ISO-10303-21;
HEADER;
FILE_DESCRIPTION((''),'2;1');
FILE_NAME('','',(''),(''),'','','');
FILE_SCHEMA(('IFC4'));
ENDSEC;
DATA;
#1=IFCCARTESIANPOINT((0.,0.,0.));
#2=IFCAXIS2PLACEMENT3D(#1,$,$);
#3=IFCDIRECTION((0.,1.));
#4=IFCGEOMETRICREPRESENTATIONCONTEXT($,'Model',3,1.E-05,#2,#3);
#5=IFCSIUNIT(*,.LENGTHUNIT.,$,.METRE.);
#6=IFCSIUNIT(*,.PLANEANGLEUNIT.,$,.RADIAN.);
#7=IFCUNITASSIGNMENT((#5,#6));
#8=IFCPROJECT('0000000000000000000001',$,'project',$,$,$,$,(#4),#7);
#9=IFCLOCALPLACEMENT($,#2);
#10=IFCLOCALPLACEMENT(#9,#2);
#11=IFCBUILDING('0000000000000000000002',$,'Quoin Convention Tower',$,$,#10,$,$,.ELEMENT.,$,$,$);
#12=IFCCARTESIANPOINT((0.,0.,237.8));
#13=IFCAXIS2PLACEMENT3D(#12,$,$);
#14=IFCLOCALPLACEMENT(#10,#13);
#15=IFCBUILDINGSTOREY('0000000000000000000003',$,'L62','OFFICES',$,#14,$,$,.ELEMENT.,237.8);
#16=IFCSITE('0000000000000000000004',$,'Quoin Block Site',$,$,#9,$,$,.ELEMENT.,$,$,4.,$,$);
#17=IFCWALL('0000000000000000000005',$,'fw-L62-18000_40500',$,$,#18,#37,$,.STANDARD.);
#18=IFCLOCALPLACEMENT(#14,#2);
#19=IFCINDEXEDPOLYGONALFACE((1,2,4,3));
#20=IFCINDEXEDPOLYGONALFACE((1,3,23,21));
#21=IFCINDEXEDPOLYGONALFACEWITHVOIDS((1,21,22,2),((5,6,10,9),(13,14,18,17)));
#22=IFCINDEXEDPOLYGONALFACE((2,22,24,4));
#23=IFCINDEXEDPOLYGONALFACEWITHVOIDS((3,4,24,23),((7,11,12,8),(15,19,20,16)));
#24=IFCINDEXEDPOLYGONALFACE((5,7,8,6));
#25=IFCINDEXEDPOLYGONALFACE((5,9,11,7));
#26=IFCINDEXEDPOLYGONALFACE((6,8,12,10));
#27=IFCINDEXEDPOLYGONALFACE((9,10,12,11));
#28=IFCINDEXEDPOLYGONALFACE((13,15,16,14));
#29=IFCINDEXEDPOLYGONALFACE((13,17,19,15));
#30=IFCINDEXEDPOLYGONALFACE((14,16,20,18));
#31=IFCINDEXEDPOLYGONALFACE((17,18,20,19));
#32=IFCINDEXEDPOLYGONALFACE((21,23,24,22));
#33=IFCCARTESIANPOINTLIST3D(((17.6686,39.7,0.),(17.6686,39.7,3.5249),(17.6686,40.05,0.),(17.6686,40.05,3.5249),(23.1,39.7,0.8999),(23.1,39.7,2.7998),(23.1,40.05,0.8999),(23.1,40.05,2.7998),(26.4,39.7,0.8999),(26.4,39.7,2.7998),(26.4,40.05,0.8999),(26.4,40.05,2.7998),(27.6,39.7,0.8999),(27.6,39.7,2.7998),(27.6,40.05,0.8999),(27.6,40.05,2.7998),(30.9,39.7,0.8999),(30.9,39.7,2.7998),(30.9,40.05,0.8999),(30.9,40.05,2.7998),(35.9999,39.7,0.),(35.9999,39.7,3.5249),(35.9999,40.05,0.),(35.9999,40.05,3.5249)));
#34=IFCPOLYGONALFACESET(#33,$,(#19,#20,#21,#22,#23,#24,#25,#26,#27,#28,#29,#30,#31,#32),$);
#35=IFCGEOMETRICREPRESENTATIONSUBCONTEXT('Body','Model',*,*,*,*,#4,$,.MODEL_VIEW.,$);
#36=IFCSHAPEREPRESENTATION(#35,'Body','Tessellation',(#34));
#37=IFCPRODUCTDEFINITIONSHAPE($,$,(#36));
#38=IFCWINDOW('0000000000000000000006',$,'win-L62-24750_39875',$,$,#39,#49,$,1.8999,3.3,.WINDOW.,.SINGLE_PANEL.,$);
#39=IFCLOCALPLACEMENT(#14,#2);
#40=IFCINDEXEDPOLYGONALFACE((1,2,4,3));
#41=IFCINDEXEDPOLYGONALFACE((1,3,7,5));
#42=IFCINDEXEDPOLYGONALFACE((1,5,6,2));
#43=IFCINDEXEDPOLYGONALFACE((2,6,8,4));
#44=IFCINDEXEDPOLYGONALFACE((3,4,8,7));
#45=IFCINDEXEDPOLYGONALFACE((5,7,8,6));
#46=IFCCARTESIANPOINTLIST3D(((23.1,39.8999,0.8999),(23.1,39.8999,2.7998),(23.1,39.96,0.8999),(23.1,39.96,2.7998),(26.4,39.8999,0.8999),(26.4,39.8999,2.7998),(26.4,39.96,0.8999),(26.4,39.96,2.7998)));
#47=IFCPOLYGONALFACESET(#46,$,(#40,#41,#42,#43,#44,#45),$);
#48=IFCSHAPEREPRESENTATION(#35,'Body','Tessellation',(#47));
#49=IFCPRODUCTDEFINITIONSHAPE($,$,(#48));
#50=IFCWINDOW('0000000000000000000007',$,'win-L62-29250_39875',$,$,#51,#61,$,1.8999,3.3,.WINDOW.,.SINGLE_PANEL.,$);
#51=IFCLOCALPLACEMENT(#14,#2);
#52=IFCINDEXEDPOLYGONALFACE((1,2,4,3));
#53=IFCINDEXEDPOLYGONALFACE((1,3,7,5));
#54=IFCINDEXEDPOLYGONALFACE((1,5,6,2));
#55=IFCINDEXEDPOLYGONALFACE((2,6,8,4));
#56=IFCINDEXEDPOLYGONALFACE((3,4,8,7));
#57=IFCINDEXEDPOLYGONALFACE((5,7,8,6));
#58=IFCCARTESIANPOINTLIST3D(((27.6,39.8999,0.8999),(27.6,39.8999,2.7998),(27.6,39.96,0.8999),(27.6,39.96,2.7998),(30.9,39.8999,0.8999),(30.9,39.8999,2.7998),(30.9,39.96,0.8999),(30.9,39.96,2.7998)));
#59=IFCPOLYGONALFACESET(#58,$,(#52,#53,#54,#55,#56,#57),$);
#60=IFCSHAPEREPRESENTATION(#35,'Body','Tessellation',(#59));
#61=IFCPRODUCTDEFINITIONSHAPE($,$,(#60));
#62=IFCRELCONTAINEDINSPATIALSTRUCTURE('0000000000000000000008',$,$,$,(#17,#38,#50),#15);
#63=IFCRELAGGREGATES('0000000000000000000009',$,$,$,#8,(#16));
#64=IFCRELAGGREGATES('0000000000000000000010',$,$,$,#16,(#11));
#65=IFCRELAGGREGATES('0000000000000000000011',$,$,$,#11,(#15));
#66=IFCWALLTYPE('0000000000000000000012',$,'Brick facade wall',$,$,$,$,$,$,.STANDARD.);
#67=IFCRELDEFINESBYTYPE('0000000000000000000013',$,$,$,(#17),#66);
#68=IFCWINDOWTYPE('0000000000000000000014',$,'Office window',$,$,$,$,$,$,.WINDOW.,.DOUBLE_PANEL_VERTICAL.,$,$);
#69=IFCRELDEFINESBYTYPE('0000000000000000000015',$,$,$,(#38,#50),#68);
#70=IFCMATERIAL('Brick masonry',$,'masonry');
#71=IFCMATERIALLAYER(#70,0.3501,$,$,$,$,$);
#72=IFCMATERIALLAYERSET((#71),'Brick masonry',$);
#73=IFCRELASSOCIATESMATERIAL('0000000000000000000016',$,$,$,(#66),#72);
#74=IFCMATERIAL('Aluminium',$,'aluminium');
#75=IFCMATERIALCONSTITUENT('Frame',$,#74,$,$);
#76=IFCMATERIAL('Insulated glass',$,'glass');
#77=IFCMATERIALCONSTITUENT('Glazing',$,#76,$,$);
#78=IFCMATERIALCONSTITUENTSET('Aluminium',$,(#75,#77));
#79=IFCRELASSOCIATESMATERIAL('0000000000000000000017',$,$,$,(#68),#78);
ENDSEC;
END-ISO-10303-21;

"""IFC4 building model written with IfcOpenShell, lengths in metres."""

from ifc_helpers import new_model, si_unit, direction, frame, frame_2d, origin, place, context, subcontext, project, spatial, rectangle, extrude, material, layer, layer_set, constituent, constituent_set, type_object, element, fill, save


model = new_model("IFC4")

# Units and contexts
model_context = context("Model", 3, precision=1e-05, world=origin(), true_north=direction((0.0, 1.0)))
body_context = subcontext(model_context, "Body", "Model", "MODEL_VIEW")
ifc_project = project(units=[si_unit("LENGTHUNIT", "METRE"), si_unit("PLANEANGLEUNIT", "RADIAN")], contexts=[model_context])

# Site, building, storey
site_placement = place(None, origin())
site = spatial("IfcSite", under=ifc_project, at=site_placement, Name="Quoin Block Site", CompositionType="ELEMENT", RefElevation=4.0)
building_placement = place(site_placement, origin())
building = spatial("IfcBuilding", under=site, at=building_placement, Name="Quoin Convention Tower", CompositionType="ELEMENT")
storey_placement = place(building_placement, frame((0.0, 0.0, 237.8)))
storey = spatial("IfcBuildingStorey", under=building, at=storey_placement, Name="L62", Description="OFFICES", CompositionType="ELEMENT", Elevation=237.8)

# Wall, openings, windows
ifc_material_1 = material(Name="Brick masonry", Category="masonry")
ifc_layer_1 = layer(ifc_material_1, 0.3501)
ifc_layer_set_1 = layer_set([ifc_layer_1], Name="Brick masonry")
wall_type = type_object("IfcWallType", Name="Brick facade wall", PredefinedType="STANDARD", material=ifc_layer_set_1)
ifc_material_2 = material(Name="Aluminium", Category="aluminium")
ifc_constituent_1 = constituent(ifc_material_2, Name="Frame")
ifc_material_3 = material(Name="Insulated glass", Category="glass")
ifc_constituent_2 = constituent(ifc_material_3, Name="Glazing")
ifc_constituent_set = constituent_set(constituents=[ifc_constituent_1, ifc_constituent_2], Name="Aluminium")
window_type = type_object("IfcWindowType", Name="Office window", PartitioningType="DOUBLE_PANEL_VERTICAL", PredefinedType="WINDOW", material=ifc_constituent_set)
wall_1_placement = place(storey_placement, frame((17.6687, 39.875, 0.0), z_axis=(0.0, 0.0, 1.0), x_axis=(1.0, 0.0, 0.0)))
wall_1 = element("IfcWall", 1, at=wall_1_placement, inside=storey, type_object=wall_type, Name="fw-L62-18000_40500", PredefinedType="STANDARD", context=body_context, shape_type="SweptSolid", body=[
    extrude(rectangle(XDim=18.3313, YDim=0.3501, at=frame_2d((9.1655, 0.0))), origin(), (0.0, 0.0, 1.0), 3.5249),
])
opening_1_placement = place(wall_1_placement, frame((5.4314, 0.0, 0.8999)))
opening_1 = element("IfcOpeningElement", 2, at=opening_1_placement, cuts=wall_1, PredefinedType="OPENING", context=body_context, shape_type="SweptSolid", body=[
    extrude(rectangle(XDim=3.3, YDim=1.8999, at=frame_2d((1.6499, 0.95))), frame((0.0, 0.1851, 0.0), z_axis=(0.0, -1.0, 0.0), x_axis=(1.0, 0.0, 0.0)), (0.0, 0.0, 1.0), 0.3701),
])
opening_2_placement = place(wall_1_placement, frame((9.9314, 0.0, 0.8999)))
opening_2 = element("IfcOpeningElement", 3, at=opening_2_placement, cuts=wall_1, PredefinedType="OPENING", context=body_context, shape_type="SweptSolid", body=[
    extrude(rectangle(XDim=3.3, YDim=1.8999, at=frame_2d((1.6499, 0.95))), frame((0.0, 0.1851, 0.0), z_axis=(0.0, -1.0, 0.0), x_axis=(1.0, 0.0, 0.0)), (0.0, 0.0, 1.0), 0.3701),
])
window_1_placement = place(opening_1_placement, origin())
window_1 = element("IfcWindow", 4, at=window_1_placement, inside=storey, type_object=window_type, Name="win-L62-24750_39875", OverallHeight=1.8999, OverallWidth=3.3, PartitioningType="SINGLE_PANEL", PredefinedType="WINDOW", context=body_context, shape_type="SweptSolid", body=[
    extrude(rectangle(XDim=3.3, YDim=1.8999, at=frame_2d((1.6499, 0.95))), frame((0.0, 0.085, 0.0), z_axis=(0.0, -1.0, 0.0), x_axis=(1.0, 0.0, 0.0)), (0.0, 0.0, 1.0), 0.0601),
])
fill(opening_1, window_1)
window_2_placement = place(opening_2_placement, origin())
window_2 = element("IfcWindow", 5, at=window_2_placement, inside=storey, type_object=window_type, Name="win-L62-29250_39875", OverallHeight=1.8999, OverallWidth=3.3, PartitioningType="SINGLE_PANEL", PredefinedType="WINDOW", context=body_context, shape_type="SweptSolid", body=[
    extrude(rectangle(XDim=3.3, YDim=1.8999, at=frame_2d((1.6499, 0.95))), frame((0.0, 0.085, 0.0), z_axis=(0.0, -1.0, 0.0), x_axis=(1.0, 0.0, 0.0)), (0.0, 0.0, 1.0), 0.0601),
])
fill(opening_2, window_2)

save(model, "model.ifc")
